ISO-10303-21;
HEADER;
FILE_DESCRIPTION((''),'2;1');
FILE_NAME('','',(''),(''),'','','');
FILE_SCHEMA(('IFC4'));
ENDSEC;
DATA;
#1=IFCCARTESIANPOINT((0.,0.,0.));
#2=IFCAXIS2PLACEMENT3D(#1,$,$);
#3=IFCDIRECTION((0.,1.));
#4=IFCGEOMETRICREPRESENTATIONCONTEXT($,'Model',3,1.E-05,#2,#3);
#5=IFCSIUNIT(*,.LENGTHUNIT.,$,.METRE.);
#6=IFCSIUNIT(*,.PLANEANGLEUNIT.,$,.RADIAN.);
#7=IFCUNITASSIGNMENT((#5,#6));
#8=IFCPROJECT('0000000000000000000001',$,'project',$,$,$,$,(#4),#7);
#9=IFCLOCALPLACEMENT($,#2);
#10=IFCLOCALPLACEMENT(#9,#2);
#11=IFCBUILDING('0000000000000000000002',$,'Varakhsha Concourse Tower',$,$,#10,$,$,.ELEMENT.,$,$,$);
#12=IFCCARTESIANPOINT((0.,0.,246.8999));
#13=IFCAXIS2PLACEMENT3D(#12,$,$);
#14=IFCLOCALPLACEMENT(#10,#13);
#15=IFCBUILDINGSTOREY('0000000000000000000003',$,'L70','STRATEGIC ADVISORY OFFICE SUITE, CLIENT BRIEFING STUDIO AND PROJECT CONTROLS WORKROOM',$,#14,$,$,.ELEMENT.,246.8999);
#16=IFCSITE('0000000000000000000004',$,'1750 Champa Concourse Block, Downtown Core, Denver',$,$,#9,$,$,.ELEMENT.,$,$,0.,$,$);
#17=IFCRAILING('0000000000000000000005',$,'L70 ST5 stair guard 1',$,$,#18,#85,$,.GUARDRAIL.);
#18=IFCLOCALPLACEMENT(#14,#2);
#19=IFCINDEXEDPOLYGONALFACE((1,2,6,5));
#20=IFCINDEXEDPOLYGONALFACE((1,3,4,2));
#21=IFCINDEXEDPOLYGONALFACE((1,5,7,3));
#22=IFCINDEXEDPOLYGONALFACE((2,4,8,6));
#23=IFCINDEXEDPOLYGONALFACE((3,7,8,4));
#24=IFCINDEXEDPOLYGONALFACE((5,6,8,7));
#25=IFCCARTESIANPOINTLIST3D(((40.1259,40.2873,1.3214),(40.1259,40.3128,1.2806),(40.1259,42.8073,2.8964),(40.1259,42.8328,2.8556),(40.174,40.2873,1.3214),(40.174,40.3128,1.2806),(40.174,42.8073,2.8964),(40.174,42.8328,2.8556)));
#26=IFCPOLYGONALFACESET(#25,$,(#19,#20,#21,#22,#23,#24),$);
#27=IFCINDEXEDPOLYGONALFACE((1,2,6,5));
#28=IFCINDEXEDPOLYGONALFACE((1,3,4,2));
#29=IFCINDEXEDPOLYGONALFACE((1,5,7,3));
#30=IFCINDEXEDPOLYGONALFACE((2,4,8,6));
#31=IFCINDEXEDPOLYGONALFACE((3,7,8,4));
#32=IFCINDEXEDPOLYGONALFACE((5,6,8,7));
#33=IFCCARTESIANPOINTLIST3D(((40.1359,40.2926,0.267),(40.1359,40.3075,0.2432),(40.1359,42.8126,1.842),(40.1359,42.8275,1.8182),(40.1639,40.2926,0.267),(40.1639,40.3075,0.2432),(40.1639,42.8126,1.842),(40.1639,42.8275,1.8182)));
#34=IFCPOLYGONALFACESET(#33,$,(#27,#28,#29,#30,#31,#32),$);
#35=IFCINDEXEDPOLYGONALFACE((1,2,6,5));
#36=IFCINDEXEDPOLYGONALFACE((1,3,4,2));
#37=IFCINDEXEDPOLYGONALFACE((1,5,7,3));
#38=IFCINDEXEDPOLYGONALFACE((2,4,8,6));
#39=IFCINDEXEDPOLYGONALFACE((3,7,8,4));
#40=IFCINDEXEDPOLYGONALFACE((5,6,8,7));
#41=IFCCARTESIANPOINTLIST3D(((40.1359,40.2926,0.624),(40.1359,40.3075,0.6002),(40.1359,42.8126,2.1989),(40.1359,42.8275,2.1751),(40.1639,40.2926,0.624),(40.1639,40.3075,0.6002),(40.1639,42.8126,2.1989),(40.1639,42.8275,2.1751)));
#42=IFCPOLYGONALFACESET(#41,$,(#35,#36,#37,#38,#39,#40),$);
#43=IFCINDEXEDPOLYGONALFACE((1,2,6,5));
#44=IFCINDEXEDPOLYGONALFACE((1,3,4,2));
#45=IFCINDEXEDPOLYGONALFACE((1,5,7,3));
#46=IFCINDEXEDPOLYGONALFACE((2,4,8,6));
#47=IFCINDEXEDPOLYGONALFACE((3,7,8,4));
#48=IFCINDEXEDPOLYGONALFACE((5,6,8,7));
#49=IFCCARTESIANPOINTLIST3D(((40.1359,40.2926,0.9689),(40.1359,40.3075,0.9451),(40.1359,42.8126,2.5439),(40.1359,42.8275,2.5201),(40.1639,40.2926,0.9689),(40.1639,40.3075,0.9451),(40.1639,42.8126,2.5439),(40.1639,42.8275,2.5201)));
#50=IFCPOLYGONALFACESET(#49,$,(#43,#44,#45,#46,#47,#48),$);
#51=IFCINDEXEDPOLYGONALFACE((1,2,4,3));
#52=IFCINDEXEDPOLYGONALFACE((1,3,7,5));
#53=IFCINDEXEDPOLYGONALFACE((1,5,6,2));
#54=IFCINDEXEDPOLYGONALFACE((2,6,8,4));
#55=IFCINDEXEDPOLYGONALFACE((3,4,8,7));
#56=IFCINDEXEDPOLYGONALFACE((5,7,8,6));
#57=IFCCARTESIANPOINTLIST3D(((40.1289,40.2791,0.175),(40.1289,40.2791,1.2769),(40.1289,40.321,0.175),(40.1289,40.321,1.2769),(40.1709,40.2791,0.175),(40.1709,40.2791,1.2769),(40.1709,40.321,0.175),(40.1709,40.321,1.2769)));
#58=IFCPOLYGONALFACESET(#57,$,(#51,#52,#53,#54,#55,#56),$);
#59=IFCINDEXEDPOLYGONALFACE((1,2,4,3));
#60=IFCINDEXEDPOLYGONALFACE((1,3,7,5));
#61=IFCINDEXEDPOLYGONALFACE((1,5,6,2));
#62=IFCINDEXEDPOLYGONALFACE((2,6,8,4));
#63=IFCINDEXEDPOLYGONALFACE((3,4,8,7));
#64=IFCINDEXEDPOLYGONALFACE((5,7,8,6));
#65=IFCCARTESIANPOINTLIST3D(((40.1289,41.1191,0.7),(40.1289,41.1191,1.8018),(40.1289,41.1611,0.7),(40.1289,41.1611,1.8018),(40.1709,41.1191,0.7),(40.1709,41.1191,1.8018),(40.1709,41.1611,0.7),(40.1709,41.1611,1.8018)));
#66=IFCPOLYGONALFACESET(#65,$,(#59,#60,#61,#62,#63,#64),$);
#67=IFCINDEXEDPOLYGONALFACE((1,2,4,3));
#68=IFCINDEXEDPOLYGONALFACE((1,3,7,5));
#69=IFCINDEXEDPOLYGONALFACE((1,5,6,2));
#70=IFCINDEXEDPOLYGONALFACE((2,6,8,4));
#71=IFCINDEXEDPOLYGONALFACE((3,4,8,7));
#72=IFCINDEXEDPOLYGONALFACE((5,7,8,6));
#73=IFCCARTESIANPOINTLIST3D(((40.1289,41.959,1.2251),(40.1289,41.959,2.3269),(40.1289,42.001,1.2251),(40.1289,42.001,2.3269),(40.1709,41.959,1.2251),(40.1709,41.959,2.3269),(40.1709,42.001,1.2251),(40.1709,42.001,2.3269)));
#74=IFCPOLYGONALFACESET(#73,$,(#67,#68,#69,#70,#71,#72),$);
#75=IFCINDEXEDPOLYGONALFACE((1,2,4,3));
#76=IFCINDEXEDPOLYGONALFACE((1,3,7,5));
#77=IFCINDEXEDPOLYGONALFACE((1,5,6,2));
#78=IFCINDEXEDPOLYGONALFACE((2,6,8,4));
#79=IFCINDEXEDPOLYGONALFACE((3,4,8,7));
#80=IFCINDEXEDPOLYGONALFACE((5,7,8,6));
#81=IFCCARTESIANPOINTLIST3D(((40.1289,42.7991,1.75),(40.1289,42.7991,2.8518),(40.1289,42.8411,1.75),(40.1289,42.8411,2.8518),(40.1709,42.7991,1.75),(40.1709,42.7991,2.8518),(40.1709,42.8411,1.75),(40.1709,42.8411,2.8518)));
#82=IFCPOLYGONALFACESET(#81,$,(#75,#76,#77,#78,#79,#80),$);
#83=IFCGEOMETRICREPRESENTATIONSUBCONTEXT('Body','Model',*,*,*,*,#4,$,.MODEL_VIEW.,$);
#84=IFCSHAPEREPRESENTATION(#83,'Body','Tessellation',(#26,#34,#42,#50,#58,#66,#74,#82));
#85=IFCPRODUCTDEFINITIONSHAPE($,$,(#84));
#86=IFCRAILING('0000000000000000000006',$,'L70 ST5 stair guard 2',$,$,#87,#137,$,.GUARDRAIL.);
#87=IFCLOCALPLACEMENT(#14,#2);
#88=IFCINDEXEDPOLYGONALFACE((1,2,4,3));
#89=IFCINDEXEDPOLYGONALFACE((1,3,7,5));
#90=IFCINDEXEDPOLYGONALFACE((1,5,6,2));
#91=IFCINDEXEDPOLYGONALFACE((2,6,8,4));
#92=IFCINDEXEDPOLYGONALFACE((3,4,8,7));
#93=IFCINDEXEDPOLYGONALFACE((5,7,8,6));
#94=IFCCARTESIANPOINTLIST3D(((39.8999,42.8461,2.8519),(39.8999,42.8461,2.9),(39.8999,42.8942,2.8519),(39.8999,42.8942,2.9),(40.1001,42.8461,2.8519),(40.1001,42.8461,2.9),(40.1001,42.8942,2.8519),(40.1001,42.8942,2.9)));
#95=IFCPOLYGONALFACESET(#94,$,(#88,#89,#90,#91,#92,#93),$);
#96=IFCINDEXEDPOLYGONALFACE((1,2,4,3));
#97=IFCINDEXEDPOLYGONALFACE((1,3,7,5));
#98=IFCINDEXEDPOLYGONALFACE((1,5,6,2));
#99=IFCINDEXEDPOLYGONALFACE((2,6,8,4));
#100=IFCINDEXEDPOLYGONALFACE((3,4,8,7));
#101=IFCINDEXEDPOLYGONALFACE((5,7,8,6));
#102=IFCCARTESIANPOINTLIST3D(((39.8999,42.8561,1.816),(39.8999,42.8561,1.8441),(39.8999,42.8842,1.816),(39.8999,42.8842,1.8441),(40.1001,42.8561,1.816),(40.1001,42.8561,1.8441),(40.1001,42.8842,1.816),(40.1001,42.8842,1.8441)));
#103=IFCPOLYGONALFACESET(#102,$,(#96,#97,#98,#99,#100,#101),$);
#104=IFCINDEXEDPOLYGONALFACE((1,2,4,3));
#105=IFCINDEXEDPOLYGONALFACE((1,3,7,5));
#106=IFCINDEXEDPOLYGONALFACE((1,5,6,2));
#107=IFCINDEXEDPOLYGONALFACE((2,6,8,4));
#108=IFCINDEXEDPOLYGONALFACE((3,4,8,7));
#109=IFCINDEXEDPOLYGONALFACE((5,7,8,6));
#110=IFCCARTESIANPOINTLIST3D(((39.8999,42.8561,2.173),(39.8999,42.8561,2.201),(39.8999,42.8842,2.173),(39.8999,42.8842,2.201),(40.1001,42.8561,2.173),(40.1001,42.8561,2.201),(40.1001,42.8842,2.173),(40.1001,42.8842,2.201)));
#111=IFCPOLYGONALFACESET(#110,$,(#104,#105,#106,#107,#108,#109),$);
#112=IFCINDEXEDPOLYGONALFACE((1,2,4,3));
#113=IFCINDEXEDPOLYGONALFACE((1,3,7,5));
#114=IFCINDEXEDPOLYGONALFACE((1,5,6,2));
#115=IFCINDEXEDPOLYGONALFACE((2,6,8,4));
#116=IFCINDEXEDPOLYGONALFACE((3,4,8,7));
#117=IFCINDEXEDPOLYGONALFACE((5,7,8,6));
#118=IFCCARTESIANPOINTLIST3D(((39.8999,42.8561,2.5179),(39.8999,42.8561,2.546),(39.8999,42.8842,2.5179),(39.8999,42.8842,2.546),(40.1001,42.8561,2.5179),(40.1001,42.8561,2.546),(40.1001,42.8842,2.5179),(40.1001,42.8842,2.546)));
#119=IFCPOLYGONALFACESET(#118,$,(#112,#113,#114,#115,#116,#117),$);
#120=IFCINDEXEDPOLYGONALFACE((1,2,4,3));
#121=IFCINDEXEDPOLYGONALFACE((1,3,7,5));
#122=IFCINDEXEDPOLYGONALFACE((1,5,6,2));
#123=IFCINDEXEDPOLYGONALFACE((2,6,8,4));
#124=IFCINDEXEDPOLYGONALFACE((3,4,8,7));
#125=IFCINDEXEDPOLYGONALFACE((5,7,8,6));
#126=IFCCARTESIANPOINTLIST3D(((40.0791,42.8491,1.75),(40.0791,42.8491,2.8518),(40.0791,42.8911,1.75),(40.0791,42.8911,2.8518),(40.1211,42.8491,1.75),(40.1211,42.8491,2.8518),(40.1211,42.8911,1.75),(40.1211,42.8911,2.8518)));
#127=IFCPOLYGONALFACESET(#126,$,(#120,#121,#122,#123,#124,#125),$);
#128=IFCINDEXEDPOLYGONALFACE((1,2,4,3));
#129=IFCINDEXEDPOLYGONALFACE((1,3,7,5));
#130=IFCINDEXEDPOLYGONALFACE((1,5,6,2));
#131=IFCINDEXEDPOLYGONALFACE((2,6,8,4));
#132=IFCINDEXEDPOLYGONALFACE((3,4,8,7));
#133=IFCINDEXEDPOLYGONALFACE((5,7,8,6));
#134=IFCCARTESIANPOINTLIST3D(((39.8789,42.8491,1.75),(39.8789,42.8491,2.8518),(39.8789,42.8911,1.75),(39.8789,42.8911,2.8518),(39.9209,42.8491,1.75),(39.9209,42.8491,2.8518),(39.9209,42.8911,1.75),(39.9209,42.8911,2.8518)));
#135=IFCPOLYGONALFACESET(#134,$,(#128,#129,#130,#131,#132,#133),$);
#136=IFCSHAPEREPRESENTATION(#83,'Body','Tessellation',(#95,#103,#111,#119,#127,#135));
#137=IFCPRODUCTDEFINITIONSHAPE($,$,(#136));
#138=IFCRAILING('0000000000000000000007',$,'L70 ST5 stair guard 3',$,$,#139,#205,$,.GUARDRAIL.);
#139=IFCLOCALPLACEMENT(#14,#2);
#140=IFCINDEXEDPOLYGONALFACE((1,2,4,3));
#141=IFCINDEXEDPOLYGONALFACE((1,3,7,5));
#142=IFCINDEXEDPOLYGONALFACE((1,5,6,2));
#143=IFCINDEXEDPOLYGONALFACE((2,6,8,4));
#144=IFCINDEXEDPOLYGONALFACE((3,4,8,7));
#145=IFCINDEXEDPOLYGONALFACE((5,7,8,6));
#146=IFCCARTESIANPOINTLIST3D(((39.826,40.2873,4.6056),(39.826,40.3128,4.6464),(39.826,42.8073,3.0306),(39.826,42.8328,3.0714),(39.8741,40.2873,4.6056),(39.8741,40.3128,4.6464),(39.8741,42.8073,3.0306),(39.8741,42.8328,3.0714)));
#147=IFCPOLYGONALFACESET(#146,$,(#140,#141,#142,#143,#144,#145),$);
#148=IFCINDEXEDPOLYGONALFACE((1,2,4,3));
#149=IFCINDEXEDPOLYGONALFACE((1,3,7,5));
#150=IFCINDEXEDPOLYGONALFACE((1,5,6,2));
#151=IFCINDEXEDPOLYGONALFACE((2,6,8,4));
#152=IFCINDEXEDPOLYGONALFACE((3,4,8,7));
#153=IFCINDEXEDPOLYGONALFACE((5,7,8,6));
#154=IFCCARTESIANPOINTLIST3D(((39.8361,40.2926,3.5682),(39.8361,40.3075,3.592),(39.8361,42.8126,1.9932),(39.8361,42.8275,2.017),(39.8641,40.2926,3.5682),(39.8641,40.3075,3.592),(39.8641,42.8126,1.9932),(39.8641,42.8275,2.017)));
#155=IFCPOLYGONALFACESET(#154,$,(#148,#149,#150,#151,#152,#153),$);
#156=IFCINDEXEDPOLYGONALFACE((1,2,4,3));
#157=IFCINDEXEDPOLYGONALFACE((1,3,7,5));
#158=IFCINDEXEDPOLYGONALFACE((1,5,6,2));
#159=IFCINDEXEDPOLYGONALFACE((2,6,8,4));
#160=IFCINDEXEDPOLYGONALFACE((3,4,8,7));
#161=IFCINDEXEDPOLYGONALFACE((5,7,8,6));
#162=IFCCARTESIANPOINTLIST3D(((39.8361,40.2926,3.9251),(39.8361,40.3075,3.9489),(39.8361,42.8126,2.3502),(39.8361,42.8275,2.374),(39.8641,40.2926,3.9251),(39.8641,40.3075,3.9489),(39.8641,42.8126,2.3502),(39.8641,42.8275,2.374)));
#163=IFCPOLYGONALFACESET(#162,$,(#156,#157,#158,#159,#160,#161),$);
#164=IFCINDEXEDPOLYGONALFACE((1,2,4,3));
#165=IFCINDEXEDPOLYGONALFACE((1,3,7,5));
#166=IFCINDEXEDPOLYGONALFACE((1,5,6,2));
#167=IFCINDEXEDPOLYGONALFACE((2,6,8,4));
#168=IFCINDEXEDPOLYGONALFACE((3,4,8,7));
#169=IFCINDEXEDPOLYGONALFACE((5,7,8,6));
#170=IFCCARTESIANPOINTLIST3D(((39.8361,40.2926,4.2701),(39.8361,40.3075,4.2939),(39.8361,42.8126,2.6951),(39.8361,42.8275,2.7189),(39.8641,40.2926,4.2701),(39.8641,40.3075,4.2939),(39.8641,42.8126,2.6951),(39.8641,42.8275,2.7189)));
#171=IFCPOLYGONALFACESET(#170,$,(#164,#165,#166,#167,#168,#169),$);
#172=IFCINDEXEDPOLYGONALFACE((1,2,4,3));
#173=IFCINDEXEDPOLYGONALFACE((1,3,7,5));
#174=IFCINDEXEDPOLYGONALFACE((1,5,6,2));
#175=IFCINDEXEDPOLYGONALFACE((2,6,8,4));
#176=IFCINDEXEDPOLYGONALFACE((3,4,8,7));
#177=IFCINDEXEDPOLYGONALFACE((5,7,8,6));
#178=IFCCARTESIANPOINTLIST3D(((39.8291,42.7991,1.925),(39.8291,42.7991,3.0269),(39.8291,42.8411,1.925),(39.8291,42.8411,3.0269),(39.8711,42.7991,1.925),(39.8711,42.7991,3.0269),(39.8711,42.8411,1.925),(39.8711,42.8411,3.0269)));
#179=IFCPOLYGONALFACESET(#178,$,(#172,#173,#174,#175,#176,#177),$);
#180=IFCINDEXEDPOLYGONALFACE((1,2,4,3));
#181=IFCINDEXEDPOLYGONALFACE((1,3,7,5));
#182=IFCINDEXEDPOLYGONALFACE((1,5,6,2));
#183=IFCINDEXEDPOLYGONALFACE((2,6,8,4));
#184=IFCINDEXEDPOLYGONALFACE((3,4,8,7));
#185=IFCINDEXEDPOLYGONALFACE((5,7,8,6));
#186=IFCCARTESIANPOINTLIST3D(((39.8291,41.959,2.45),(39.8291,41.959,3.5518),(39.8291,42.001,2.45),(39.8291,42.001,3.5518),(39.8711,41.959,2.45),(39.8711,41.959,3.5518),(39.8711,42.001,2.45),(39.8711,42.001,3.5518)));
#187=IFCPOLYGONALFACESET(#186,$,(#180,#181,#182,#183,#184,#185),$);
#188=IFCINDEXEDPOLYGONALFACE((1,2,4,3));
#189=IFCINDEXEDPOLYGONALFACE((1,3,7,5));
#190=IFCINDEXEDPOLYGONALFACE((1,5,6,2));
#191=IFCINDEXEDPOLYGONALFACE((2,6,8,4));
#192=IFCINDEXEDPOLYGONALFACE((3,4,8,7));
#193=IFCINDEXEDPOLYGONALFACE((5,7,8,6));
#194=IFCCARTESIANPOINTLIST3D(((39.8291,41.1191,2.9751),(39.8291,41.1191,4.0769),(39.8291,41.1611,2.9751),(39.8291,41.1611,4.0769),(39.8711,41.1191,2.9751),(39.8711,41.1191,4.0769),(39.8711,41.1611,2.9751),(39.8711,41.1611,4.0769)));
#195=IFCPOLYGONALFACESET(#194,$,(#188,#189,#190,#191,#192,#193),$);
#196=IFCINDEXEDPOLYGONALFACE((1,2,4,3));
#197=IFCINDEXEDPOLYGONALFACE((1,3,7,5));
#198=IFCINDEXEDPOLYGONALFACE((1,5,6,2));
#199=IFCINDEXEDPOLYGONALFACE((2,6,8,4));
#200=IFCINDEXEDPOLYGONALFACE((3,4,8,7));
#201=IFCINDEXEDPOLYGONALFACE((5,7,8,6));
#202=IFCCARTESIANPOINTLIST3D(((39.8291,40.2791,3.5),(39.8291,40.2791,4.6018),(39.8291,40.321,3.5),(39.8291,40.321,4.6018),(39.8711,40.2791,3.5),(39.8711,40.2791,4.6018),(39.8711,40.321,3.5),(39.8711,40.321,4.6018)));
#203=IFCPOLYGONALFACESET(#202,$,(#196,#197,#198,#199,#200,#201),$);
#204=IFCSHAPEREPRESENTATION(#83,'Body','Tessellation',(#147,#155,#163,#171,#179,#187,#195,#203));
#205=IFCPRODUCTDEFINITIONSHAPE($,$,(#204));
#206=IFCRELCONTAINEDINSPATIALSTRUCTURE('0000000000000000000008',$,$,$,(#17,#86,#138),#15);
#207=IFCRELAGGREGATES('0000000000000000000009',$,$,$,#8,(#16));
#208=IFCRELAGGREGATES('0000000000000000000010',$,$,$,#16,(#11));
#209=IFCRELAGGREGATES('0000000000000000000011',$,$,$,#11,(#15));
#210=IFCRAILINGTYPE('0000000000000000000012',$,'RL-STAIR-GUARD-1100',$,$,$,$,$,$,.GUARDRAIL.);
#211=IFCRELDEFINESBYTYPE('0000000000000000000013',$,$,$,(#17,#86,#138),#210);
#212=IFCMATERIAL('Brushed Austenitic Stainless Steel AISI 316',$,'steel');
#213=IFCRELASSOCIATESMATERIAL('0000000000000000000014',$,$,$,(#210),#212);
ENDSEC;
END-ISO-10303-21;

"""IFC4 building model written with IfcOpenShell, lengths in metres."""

from ifc_helpers import new_model, si_unit, direction, frame, origin, origin_2d, place, context, subcontext, project, spatial, rectangle, extrude, material, type_object, element, save


model = new_model("IFC4")

# Units and contexts
model_context = context("Model", 3, precision=1e-05, world=origin(), true_north=direction((0.0, 1.0)))
body_context = subcontext(model_context, "Body", "Model", "MODEL_VIEW")
ifc_project = project(units=[si_unit("LENGTHUNIT", "METRE"), si_unit("PLANEANGLEUNIT", "RADIAN")], contexts=[model_context])

# Site, building, storey
site_placement = place(None, origin())
site = spatial("IfcSite", under=ifc_project, at=site_placement, Name="1750 Champa Concourse Block, Downtown Core, Denver", CompositionType="ELEMENT", RefElevation=0.0)
building_placement = place(site_placement, origin())
building = spatial("IfcBuilding", under=site, at=building_placement, Name="Varakhsha Concourse Tower", CompositionType="ELEMENT")
storey_placement = place(building_placement, frame((0.0, 0.0, 246.8999)))
storey = spatial("IfcBuildingStorey", under=building, at=storey_placement, Name="L70", Description="STRATEGIC ADVISORY OFFICE SUITE, CLIENT BRIEFING STUDIO AND PROJECT CONTROLS WORKROOM", CompositionType="ELEMENT", Elevation=246.8999)

# Railings
ifc_material_1 = material(Name="Brushed Austenitic Stainless Steel AISI 316", Category="steel")
railing_type_1 = type_object("IfcRailingType", Name="RL-STAIR-GUARD-1100", PredefinedType="GUARDRAIL", material=ifc_material_1)
railing_1_placement = place(storey_placement, frame((40.1499, 40.3, 0.175)))
element("IfcRailing", 1, at=railing_1_placement, inside=storey, type_object=railing_type_1, Name="L70 ST5 stair guard 1", PredefinedType="GUARDRAIL", context=body_context, shape_type="SweptSolid", body=[
    extrude(rectangle(XDim=0.0481, YDim=0.0481, at=origin_2d()), frame((0.0, 0.0, 1.126), z_axis=(0.0, 0.848008, 0.529984), x_axis=(-1.0, 0.0, 0.0)), (0.0, 0.0, 1.0), 2.9717),
    extrude(rectangle(XDim=0.0281, YDim=0.0281, at=origin_2d()), frame((0.0, 0.0, 0.0801), z_axis=(0.0, 0.848008, 0.529984), x_axis=(-1.0, 0.0, 0.0)), (0.0, 0.0, 1.0), 2.9717),
    extrude(rectangle(XDim=0.0281, YDim=0.0281, at=origin_2d()), frame((0.0, 0.0, 0.437), z_axis=(0.0, 0.848008, 0.529984), x_axis=(-1.0, 0.0, 0.0)), (0.0, 0.0, 1.0), 2.9717),
    extrude(rectangle(XDim=0.0281, YDim=0.0281, at=origin_2d()), frame((0.0, 0.0, 0.782), z_axis=(0.0, 0.848008, 0.529984), x_axis=(-1.0, 0.0, 0.0)), (0.0, 0.0, 1.0), 2.9717),
    extrude(rectangle(XDim=0.042, YDim=0.042, at=origin_2d()), origin(), (0.0, 0.0, 1.0), 1.1018),
    extrude(rectangle(XDim=0.042, YDim=0.042, at=origin_2d()), frame((0.0, 0.8401, 0.5249)), (0.0, 0.0, 1.0), 1.1018),
    extrude(rectangle(XDim=0.042, YDim=0.042, at=origin_2d()), frame((0.0, 1.6799, 1.05)), (0.0, 0.0, 1.0), 1.1018),
    extrude(rectangle(XDim=0.042, YDim=0.042, at=origin_2d()), frame((0.0, 2.52, 1.575)), (0.0, 0.0, 1.0), 1.1018),
])
railing_2_placement = place(storey_placement, frame((40.1001, 42.8701, 1.75)))
element("IfcRailing", 2, at=railing_2_placement, inside=storey, type_object=railing_type_1, Name="L70 ST5 stair guard 2", PredefinedType="GUARDRAIL", context=body_context, shape_type="SweptSolid", body=[
    extrude(rectangle(XDim=0.0481, YDim=0.0481, at=origin_2d()), frame((0.0, 0.0, 1.126), z_axis=(-1.0, 0.0, 0.0), x_axis=(0.0, -1.0, 0.0)), (0.0, 0.0, 1.0), 0.2002),
    extrude(rectangle(XDim=0.0281, YDim=0.0281, at=origin_2d()), frame((0.0, 0.0, 0.0801), z_axis=(-1.0, 0.0, 0.0), x_axis=(0.0, -1.0, 0.0)), (0.0, 0.0, 1.0), 0.2002),
    extrude(rectangle(XDim=0.0281, YDim=0.0281, at=origin_2d()), frame((0.0, 0.0, 0.437), z_axis=(-1.0, 0.0, 0.0), x_axis=(0.0, -1.0, 0.0)), (0.0, 0.0, 1.0), 0.2002),
    extrude(rectangle(XDim=0.0281, YDim=0.0281, at=origin_2d()), frame((0.0, 0.0, 0.782), z_axis=(-1.0, 0.0, 0.0), x_axis=(0.0, -1.0, 0.0)), (0.0, 0.0, 1.0), 0.2002),
    extrude(rectangle(XDim=0.042, YDim=0.042, at=origin_2d()), origin(), (0.0, 0.0, 1.0), 1.1018),
    extrude(rectangle(XDim=0.042, YDim=0.042, at=origin_2d()), frame((-0.2002, 0.0, 0.0)), (0.0, 0.0, 1.0), 1.1018),
])
railing_3_placement = place(storey_placement, frame((39.8501, 42.8201, 1.925)))
element("IfcRailing", 3, at=railing_3_placement, inside=storey, type_object=railing_type_1, Name="L70 ST5 stair guard 3", PredefinedType="GUARDRAIL", context=body_context, shape_type="SweptSolid", body=[
    extrude(rectangle(XDim=0.0481, YDim=0.0481, at=origin_2d()), frame((0.0, 0.0, 1.126), z_axis=(0.0, -0.848008, 0.529984), x_axis=(1.0, 0.0, 0.0)), (0.0, 0.0, 1.0), 2.9717),
    extrude(rectangle(XDim=0.0281, YDim=0.0281, at=origin_2d()), frame((0.0, 0.0, 0.0801), z_axis=(0.0, -0.848008, 0.529984), x_axis=(1.0, 0.0, 0.0)), (0.0, 0.0, 1.0), 2.9717),
    extrude(rectangle(XDim=0.0281, YDim=0.0281, at=origin_2d()), frame((0.0, 0.0, 0.437), z_axis=(0.0, -0.848008, 0.529984), x_axis=(1.0, 0.0, 0.0)), (0.0, 0.0, 1.0), 2.9717),
    extrude(rectangle(XDim=0.0281, YDim=0.0281, at=origin_2d()), frame((0.0, 0.0, 0.782), z_axis=(0.0, -0.848008, 0.529984), x_axis=(1.0, 0.0, 0.0)), (0.0, 0.0, 1.0), 2.9717),
    extrude(rectangle(XDim=0.042, YDim=0.042, at=origin_2d()), origin(), (0.0, 0.0, 1.0), 1.1018),
    extrude(rectangle(XDim=0.042, YDim=0.042, at=origin_2d()), frame((0.0, -0.8401, 0.5249)), (0.0, 0.0, 1.0), 1.1018),
    extrude(rectangle(XDim=0.042, YDim=0.042, at=origin_2d()), frame((0.0, -1.6799, 1.05)), (0.0, 0.0, 1.0), 1.1018),
    extrude(rectangle(XDim=0.042, YDim=0.042, at=origin_2d()), frame((0.0, -2.52, 1.575)), (0.0, 0.0, 1.0), 1.1018),
])

save(model, "model.ifc")
